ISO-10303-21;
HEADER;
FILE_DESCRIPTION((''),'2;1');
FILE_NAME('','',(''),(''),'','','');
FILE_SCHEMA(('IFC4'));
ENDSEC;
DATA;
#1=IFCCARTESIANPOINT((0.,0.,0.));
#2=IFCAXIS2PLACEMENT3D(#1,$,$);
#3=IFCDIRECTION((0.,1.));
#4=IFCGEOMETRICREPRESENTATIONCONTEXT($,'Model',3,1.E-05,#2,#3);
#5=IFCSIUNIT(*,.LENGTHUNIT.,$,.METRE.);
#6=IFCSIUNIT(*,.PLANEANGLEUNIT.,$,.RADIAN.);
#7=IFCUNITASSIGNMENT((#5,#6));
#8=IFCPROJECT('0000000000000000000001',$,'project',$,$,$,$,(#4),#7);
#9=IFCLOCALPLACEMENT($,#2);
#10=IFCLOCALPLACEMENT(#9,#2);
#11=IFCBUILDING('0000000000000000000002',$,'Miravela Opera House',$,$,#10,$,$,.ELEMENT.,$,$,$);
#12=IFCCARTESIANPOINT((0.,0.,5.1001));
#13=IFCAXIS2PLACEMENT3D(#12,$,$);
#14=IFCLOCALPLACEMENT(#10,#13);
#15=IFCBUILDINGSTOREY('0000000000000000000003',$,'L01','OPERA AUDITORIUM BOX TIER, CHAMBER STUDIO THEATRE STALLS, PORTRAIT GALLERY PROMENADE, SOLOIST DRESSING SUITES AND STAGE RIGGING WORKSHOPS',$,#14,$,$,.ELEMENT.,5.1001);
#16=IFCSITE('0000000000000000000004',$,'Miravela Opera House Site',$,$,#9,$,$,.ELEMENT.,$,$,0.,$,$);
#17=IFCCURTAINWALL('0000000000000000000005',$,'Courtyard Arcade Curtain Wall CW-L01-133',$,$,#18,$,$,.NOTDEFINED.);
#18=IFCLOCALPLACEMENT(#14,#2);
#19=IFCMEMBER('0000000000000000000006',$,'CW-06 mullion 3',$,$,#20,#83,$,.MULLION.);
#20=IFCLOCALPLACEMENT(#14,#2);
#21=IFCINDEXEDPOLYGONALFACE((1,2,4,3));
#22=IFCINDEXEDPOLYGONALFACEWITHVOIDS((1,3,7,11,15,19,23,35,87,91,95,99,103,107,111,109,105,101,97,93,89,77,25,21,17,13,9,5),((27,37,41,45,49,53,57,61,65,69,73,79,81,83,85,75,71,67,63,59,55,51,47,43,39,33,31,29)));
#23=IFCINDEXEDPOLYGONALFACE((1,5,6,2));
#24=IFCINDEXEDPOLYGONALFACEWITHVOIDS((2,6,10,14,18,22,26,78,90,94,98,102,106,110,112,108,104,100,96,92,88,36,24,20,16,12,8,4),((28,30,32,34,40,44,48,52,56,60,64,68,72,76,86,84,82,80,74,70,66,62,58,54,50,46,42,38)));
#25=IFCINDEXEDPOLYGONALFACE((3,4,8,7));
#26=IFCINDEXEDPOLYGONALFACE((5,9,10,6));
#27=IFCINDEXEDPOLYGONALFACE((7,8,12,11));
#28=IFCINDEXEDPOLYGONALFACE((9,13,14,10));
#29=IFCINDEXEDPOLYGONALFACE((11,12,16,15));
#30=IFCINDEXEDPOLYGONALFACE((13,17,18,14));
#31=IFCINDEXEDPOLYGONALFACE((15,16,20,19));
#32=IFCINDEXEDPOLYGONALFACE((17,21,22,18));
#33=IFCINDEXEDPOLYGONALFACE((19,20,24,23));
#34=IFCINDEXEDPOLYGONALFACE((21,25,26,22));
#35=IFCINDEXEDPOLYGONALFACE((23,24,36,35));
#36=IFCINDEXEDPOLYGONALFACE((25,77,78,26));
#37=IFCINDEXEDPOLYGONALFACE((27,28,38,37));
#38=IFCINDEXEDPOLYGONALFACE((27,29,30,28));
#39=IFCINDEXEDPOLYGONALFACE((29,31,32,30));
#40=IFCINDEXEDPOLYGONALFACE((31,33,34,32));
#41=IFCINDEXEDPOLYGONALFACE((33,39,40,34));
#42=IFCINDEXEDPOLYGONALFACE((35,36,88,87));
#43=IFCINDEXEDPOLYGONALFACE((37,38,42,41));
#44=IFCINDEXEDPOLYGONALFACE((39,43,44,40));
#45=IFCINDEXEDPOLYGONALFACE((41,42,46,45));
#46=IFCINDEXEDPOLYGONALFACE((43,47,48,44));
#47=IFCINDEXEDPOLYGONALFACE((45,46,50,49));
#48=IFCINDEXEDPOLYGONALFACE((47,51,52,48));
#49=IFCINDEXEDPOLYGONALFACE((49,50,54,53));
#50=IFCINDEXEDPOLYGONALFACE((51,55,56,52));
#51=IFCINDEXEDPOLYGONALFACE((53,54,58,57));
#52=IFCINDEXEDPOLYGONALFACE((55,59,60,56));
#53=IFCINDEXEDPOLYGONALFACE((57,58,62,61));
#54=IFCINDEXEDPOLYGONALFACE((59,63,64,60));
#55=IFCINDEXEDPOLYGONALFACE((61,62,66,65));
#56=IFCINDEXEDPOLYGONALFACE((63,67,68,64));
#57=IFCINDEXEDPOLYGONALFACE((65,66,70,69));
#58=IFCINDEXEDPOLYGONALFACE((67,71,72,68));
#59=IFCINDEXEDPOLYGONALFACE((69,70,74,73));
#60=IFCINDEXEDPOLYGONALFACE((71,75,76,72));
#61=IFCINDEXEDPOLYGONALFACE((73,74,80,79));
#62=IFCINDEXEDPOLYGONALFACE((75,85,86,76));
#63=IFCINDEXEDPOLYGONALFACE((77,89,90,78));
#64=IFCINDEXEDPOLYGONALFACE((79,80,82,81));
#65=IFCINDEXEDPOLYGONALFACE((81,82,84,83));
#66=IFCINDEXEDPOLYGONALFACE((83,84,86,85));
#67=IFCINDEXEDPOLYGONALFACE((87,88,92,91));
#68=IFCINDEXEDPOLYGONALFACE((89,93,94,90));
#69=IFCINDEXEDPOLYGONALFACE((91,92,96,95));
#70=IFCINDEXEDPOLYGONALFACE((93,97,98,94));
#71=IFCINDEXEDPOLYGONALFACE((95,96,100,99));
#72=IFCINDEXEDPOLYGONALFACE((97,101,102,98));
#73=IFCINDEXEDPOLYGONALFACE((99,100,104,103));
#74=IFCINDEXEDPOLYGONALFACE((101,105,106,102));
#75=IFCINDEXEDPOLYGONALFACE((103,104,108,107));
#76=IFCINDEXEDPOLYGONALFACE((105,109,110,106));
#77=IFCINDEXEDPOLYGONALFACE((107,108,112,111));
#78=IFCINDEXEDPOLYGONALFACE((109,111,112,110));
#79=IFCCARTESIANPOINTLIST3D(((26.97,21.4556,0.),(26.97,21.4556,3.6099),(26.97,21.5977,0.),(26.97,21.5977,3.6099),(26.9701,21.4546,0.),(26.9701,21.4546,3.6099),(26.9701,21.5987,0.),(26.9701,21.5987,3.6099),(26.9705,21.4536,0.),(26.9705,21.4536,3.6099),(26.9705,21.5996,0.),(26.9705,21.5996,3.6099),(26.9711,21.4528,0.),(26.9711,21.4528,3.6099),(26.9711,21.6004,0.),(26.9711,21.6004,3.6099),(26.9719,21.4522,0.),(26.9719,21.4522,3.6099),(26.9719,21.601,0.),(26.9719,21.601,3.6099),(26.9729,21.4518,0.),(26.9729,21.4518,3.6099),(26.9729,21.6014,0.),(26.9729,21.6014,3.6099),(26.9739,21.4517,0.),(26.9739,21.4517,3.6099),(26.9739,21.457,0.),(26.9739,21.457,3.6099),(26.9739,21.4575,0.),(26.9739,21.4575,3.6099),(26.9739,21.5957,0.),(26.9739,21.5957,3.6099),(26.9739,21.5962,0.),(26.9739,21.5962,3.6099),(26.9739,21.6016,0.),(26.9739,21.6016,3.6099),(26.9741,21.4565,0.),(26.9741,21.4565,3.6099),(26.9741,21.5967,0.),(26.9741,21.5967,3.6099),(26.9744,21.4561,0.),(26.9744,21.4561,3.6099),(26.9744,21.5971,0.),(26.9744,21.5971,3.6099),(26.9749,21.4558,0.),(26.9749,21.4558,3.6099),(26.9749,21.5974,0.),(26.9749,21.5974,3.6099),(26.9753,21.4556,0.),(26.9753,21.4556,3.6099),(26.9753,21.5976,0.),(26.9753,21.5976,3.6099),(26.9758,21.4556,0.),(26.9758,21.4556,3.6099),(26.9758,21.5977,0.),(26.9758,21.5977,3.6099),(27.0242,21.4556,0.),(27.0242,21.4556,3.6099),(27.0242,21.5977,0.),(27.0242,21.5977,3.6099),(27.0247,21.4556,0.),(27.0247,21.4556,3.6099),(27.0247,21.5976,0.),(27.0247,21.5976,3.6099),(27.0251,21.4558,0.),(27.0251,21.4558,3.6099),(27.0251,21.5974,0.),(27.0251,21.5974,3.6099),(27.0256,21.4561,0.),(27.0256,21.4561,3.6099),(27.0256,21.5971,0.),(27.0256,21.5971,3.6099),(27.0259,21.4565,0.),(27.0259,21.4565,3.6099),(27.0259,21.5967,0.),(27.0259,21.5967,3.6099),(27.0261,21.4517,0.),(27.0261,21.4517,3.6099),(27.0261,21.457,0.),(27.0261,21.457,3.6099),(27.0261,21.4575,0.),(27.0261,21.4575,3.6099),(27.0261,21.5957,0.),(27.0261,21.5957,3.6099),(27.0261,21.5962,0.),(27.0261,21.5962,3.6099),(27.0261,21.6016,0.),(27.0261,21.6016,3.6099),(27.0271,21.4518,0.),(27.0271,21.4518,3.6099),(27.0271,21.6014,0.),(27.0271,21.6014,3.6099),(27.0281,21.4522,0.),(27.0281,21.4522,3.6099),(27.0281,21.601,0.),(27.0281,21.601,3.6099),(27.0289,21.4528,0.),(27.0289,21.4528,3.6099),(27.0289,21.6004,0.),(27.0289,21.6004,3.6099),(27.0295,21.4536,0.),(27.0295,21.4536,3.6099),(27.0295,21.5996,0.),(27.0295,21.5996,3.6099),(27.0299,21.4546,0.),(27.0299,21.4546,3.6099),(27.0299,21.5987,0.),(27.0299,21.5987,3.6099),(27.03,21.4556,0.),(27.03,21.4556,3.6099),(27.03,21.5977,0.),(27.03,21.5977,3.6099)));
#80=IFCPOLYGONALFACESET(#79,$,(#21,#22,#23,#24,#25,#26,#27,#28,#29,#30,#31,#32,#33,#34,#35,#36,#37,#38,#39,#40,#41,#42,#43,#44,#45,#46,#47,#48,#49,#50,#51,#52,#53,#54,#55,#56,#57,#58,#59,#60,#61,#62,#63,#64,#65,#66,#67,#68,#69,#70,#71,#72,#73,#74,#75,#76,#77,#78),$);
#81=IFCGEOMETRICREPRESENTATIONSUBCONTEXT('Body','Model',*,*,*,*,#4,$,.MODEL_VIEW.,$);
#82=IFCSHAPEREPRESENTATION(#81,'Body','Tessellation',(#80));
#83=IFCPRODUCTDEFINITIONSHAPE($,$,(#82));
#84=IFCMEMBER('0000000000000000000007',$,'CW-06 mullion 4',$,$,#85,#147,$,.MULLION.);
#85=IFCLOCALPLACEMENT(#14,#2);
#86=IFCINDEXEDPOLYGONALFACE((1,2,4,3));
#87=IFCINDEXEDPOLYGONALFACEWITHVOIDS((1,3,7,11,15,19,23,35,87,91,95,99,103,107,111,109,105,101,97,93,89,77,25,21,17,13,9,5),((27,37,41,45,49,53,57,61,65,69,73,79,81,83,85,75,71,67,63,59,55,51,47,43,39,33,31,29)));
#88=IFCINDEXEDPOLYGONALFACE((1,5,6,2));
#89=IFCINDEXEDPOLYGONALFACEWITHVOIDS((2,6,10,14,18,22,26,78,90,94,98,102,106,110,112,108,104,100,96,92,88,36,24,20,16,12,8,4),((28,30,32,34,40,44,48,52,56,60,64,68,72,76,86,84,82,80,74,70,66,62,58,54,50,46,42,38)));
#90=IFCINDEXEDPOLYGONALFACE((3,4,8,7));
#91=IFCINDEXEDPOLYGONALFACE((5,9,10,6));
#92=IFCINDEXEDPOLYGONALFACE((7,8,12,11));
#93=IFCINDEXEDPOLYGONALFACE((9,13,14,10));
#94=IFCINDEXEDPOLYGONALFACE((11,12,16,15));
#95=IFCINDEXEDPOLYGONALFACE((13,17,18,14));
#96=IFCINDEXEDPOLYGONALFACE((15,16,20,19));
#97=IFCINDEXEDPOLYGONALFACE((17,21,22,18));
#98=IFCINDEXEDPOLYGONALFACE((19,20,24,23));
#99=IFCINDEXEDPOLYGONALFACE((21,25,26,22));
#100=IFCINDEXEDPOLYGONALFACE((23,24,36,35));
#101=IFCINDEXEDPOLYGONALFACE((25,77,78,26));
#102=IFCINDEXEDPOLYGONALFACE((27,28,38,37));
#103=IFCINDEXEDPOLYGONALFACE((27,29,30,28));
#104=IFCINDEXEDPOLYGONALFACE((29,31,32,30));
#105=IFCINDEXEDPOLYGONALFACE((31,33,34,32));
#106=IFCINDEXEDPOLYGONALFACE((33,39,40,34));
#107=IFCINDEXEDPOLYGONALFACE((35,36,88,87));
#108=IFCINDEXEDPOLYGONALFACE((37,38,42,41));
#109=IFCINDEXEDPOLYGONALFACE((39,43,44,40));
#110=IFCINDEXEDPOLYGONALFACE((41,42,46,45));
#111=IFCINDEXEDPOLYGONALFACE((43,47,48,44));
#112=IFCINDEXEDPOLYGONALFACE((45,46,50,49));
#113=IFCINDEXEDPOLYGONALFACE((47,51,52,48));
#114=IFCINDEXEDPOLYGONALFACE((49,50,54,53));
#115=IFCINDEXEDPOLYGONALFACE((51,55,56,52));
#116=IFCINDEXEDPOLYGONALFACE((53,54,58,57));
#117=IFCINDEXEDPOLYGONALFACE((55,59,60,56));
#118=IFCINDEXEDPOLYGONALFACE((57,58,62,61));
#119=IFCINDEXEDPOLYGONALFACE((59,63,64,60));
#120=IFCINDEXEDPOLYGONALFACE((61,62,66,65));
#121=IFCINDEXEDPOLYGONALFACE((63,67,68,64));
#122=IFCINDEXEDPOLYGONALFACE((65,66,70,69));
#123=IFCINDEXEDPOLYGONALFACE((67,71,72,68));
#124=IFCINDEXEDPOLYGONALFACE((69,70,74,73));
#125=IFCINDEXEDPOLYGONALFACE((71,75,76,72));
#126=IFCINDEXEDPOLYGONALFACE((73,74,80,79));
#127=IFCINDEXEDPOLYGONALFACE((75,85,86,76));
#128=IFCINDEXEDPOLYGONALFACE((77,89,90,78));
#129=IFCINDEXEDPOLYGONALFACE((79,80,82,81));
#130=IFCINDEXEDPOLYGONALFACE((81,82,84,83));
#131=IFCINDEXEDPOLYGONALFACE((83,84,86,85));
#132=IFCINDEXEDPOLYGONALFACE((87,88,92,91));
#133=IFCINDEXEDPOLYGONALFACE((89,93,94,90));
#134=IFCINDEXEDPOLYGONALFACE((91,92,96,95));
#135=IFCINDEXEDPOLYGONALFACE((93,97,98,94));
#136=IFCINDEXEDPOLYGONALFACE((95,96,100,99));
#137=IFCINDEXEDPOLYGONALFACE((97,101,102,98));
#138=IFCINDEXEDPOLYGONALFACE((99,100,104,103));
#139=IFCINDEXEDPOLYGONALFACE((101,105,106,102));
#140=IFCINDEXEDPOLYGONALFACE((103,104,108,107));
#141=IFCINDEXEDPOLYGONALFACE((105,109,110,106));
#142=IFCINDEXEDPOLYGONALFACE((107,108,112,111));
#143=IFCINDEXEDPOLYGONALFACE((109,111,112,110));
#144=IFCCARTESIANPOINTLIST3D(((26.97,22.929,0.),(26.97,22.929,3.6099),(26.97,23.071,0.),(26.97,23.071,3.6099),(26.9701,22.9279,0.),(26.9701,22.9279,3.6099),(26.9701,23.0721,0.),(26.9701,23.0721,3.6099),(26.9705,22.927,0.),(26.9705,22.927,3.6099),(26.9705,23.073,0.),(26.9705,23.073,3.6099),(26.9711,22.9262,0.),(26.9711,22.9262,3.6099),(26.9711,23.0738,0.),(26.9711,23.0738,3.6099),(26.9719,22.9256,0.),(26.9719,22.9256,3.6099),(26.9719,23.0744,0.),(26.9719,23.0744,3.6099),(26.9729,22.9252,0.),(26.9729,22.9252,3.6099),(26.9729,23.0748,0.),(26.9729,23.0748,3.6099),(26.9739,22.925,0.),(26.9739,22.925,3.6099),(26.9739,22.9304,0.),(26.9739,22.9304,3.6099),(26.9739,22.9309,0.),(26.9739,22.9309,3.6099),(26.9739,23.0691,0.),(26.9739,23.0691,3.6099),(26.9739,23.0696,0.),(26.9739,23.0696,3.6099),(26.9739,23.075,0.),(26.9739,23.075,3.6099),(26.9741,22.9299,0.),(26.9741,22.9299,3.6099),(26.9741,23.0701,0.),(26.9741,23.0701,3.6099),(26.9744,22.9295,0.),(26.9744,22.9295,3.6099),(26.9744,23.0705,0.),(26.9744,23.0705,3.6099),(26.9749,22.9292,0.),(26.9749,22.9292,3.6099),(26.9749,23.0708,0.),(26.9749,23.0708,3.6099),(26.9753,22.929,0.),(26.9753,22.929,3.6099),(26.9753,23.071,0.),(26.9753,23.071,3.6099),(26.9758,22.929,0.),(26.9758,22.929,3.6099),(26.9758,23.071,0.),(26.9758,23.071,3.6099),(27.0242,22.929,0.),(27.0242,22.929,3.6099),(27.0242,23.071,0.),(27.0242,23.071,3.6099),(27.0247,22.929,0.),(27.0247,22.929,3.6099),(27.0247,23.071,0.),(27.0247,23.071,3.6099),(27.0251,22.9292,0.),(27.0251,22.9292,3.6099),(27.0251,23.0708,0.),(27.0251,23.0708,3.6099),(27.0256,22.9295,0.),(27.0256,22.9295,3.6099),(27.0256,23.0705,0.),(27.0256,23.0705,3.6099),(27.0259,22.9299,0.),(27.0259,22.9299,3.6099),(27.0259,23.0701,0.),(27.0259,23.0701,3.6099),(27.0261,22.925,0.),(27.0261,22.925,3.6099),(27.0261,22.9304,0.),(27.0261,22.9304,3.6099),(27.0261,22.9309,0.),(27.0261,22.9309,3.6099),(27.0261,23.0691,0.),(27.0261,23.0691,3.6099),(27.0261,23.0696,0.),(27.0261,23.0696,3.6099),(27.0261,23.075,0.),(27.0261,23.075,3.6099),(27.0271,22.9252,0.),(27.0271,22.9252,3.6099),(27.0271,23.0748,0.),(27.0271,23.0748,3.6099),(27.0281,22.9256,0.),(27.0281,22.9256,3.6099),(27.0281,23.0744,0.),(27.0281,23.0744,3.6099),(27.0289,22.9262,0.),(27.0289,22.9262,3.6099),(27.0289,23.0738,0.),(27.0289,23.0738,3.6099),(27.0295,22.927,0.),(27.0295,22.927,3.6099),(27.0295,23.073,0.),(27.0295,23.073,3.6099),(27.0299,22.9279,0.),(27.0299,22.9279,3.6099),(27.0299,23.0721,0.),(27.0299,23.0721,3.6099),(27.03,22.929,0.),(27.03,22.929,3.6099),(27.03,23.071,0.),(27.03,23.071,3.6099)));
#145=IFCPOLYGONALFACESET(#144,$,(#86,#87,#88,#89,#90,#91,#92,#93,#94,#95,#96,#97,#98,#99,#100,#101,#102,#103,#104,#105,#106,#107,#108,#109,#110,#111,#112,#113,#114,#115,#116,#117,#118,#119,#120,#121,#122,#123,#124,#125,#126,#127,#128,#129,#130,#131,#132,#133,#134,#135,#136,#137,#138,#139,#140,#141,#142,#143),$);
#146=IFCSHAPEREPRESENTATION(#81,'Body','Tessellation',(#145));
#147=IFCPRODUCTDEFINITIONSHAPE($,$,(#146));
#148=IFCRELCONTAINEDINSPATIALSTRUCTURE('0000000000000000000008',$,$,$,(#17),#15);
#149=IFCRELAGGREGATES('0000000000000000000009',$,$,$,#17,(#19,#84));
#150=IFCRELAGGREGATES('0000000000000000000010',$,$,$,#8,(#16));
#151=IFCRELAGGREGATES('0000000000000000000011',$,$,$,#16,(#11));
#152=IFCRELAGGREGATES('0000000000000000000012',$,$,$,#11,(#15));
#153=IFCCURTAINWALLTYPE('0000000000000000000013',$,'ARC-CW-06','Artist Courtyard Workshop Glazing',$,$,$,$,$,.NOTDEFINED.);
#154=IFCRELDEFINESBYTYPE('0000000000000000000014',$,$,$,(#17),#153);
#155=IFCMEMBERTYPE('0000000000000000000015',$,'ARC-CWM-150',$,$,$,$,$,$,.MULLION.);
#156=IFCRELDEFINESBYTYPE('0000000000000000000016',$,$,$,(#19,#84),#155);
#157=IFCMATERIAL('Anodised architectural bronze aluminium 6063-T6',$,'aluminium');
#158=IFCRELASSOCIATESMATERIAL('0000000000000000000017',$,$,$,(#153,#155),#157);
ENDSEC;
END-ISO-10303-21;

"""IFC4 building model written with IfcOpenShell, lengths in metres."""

from ifc_helpers import new_model, si_unit, direction, frame, origin, origin_2d, place, context, subcontext, project, spatial, hollow_rectangle, extrude, material, material_profile, profile_set, type_object, element, aggregate, save


model = new_model("IFC4")

# Units and contexts
model_context = context("Model", 3, precision=1e-05, world=origin(), true_north=direction((0.0, 1.0)))
body_context = subcontext(model_context, "Body", "Model", "MODEL_VIEW")
ifc_project = project(units=[si_unit("LENGTHUNIT", "METRE"), si_unit("PLANEANGLEUNIT", "RADIAN")], contexts=[model_context])

# Site, building, storey
site_placement = place(None, origin())
site = spatial("IfcSite", under=ifc_project, at=site_placement, Name="Miravela Opera House Site", CompositionType="ELEMENT", RefElevation=0.0)
building_placement = place(site_placement, origin())
building = spatial("IfcBuilding", under=site, at=building_placement, Name="Miravela Opera House", CompositionType="ELEMENT")
storey_placement = place(building_placement, frame((0.0, 0.0, 5.1001)))
storey = spatial("IfcBuildingStorey", under=building, at=storey_placement, Name="L01", Description="OPERA AUDITORIUM BOX TIER, CHAMBER STUDIO THEATRE STALLS, PORTRAIT GALLERY PROMENADE, SOLOIST DRESSING SUITES AND STAGE RIGGING WORKSHOPS", CompositionType="ELEMENT", Elevation=5.1001)

# Curtain wall, members
ifc_material_1 = material(Name="Anodised architectural bronze aluminium 6063-T6", Category="aluminium")
curtain_wall_type = type_object("IfcCurtainWallType", Name="ARC-CW-06", Description="Artist Courtyard Workshop Glazing", PredefinedType="NOTDEFINED", material=ifc_material_1)
curtain_wall_placement = place(storey_placement, origin())
curtain_wall = element("IfcCurtainWall", 1, at=curtain_wall_placement, inside=storey, type_object=curtain_wall_type, Name="Courtyard Arcade Curtain Wall CW-L01-133", PredefinedType="NOTDEFINED")
ifc_material_profile_1 = material_profile(ifc_material_1, hollow_rectangle(XDim=0.0601, YDim=0.1499, WallThickness=0.0039, InnerFilletRadius=0.002, OuterFilletRadius=0.0039, at=origin_2d()), Name="CWM-60X150")
ifc_profile_set_1 = profile_set([ifc_material_profile_1])
member_type_1 = type_object("IfcMemberType", Name="ARC-CWM-150", PredefinedType="MULLION", material=ifc_profile_set_1)
member_1_placement = place(storey_placement, frame((27.0, 21.5266, 0.0), z_axis=(0.0, 0.0, 1.0), x_axis=(-1.0, 0.0, 0.0)))
member_1 = element("IfcMember", 2, at=member_1_placement, type_object=member_type_1, Name="CW-06 mullion 3", PredefinedType="MULLION", context=body_context, shape_type="SweptSolid", body=[
    extrude(hollow_rectangle(XDim=0.0601, YDim=0.1499, WallThickness=0.0039, InnerFilletRadius=0.002, OuterFilletRadius=0.0039, at=origin_2d()), origin(), (0.0, 0.0, 1.0), 3.6099),
])
member_2_placement = place(storey_placement, frame((27.0, 23.0, 0.0), z_axis=(0.0, 0.0, 1.0), x_axis=(-1.0, 0.0, 0.0)))
member_2 = element("IfcMember", 3, at=member_2_placement, type_object=member_type_1, Name="CW-06 mullion 4", PredefinedType="MULLION", context=body_context, shape_type="SweptSolid", body=[
    extrude(hollow_rectangle(XDim=0.0601, YDim=0.1499, WallThickness=0.0039, InnerFilletRadius=0.002, OuterFilletRadius=0.0039, at=origin_2d()), origin(), (0.0, 0.0, 1.0), 3.6099),
])
aggregate(curtain_wall, [member_1, member_2])

save(model, "model.ifc")
